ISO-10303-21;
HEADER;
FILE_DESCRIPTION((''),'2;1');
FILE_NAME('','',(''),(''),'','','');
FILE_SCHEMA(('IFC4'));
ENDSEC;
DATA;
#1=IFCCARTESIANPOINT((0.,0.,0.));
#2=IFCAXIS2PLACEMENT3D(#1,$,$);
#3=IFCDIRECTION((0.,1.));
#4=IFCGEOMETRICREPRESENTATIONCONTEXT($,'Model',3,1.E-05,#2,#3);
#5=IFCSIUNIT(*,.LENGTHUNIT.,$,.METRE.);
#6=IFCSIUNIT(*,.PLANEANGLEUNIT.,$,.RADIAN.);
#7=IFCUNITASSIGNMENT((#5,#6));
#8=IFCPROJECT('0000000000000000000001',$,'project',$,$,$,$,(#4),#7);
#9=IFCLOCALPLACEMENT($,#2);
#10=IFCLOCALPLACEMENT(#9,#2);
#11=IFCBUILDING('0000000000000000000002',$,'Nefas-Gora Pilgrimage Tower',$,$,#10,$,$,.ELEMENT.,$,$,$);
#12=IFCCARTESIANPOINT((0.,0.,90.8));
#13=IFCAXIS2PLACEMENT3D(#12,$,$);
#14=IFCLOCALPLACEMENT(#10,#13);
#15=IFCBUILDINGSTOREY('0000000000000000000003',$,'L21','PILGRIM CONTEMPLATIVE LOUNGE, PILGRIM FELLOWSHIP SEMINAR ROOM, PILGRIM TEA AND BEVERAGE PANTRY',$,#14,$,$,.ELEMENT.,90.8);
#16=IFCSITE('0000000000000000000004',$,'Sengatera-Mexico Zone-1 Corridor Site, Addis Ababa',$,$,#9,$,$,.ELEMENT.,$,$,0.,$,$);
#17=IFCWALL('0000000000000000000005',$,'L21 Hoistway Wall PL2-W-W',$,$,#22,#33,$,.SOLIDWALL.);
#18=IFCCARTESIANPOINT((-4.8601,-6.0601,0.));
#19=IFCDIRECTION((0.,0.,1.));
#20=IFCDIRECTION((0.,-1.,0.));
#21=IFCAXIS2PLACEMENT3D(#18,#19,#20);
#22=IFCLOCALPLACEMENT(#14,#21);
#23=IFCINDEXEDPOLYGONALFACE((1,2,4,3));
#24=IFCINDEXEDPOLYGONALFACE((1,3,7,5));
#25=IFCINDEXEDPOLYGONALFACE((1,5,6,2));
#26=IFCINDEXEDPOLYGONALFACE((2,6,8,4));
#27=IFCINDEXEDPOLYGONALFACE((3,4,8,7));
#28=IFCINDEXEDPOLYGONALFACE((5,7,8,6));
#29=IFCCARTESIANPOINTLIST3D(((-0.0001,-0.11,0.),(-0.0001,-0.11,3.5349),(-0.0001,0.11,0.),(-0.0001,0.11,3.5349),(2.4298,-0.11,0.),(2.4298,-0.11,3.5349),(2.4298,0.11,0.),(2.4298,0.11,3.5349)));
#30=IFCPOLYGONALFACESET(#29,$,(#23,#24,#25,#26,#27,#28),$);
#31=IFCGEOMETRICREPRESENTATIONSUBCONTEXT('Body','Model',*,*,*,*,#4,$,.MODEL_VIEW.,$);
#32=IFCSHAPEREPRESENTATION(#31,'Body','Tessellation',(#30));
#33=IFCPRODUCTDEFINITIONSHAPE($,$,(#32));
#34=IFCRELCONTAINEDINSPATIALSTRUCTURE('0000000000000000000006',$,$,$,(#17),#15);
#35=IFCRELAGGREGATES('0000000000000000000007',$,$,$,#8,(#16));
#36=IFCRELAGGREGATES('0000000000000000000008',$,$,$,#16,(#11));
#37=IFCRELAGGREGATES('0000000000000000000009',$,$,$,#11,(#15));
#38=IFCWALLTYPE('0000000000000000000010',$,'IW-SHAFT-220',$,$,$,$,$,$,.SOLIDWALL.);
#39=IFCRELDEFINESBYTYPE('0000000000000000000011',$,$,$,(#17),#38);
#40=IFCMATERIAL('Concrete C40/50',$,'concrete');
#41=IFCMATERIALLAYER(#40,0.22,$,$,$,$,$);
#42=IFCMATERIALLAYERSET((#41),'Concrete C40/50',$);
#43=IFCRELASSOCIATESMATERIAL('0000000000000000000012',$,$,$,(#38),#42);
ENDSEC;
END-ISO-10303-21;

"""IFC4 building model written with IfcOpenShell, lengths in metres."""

from ifc_helpers import new_model, si_unit, direction, frame, frame_2d, origin, place, context, subcontext, project, spatial, rectangle, extrude, source, transform, mapped, material, layer, layer_set, type_object, element, save


model = new_model("IFC4")

# Units and contexts
model_context = context("Model", 3, precision=1e-05, world=origin(), true_north=direction((0.0, 1.0)))
body_context = subcontext(model_context, "Body", "Model", "MODEL_VIEW")
ifc_project = project(units=[si_unit("LENGTHUNIT", "METRE"), si_unit("PLANEANGLEUNIT", "RADIAN")], contexts=[model_context])

# Site, building, storey
site_placement = place(None, origin())
site = spatial("IfcSite", under=ifc_project, at=site_placement, Name="Sengatera-Mexico Zone-1 Corridor Site, Addis Ababa", CompositionType="ELEMENT", RefElevation=0.0)
building_placement = place(site_placement, origin())
building = spatial("IfcBuilding", under=site, at=building_placement, Name="Nefas-Gora Pilgrimage Tower", CompositionType="ELEMENT")
storey_placement = place(building_placement, frame((0.0, 0.0, 90.8)))
storey = spatial("IfcBuildingStorey", under=building, at=storey_placement, Name="L21", Description="PILGRIM CONTEMPLATIVE LOUNGE, PILGRIM FELLOWSHIP SEMINAR ROOM, PILGRIM TEA AND BEVERAGE PANTRY", CompositionType="ELEMENT", Elevation=90.8)

# Wall
ifc_material_1 = material(Name="Concrete C40/50", Category="concrete")
ifc_layer_1 = layer(ifc_material_1, 0.22)
ifc_layer_set_1 = layer_set([ifc_layer_1], Name="Concrete C40/50")
wall_type_1 = type_object("IfcWallType", Name="IW-SHAFT-220", PredefinedType="SOLIDWALL", material=ifc_layer_set_1)
shared_shape_1 = source(origin(), body_context, "Body", "SweptSolid", [
    extrude(rectangle(XDim=2.4299, YDim=0.22, at=frame_2d((1.2148, 0.0))), origin(), (0.0, 0.0, 1.0), 3.5349),
])
for number, where, z_axis, x_axis, name in (
    (1, (-4.8601, -6.0601, 0.0), (0.0, 0.0, 1.0), (0.0, -1.0, 0.0), "L21 Hoistway Wall PL2-W-W"),
):
    element("IfcWall", number, at=place(storey_placement, frame(where, z_axis=z_axis, x_axis=x_axis)), inside=storey, type_object=wall_type_1, Name=name, PredefinedType="SOLIDWALL", context=body_context, shape_type="MappedRepresentation", body=[
        mapped(shared_shape_1, transform((0.0, 0.0, 0.0), x_axis=(1.0, 0.0, 0.0), y_axis=(0.0, 1.0, 0.0), z_axis=(0.0, 0.0, 1.0), scale=1.0)),
    ])

save(model, "model.ifc")
